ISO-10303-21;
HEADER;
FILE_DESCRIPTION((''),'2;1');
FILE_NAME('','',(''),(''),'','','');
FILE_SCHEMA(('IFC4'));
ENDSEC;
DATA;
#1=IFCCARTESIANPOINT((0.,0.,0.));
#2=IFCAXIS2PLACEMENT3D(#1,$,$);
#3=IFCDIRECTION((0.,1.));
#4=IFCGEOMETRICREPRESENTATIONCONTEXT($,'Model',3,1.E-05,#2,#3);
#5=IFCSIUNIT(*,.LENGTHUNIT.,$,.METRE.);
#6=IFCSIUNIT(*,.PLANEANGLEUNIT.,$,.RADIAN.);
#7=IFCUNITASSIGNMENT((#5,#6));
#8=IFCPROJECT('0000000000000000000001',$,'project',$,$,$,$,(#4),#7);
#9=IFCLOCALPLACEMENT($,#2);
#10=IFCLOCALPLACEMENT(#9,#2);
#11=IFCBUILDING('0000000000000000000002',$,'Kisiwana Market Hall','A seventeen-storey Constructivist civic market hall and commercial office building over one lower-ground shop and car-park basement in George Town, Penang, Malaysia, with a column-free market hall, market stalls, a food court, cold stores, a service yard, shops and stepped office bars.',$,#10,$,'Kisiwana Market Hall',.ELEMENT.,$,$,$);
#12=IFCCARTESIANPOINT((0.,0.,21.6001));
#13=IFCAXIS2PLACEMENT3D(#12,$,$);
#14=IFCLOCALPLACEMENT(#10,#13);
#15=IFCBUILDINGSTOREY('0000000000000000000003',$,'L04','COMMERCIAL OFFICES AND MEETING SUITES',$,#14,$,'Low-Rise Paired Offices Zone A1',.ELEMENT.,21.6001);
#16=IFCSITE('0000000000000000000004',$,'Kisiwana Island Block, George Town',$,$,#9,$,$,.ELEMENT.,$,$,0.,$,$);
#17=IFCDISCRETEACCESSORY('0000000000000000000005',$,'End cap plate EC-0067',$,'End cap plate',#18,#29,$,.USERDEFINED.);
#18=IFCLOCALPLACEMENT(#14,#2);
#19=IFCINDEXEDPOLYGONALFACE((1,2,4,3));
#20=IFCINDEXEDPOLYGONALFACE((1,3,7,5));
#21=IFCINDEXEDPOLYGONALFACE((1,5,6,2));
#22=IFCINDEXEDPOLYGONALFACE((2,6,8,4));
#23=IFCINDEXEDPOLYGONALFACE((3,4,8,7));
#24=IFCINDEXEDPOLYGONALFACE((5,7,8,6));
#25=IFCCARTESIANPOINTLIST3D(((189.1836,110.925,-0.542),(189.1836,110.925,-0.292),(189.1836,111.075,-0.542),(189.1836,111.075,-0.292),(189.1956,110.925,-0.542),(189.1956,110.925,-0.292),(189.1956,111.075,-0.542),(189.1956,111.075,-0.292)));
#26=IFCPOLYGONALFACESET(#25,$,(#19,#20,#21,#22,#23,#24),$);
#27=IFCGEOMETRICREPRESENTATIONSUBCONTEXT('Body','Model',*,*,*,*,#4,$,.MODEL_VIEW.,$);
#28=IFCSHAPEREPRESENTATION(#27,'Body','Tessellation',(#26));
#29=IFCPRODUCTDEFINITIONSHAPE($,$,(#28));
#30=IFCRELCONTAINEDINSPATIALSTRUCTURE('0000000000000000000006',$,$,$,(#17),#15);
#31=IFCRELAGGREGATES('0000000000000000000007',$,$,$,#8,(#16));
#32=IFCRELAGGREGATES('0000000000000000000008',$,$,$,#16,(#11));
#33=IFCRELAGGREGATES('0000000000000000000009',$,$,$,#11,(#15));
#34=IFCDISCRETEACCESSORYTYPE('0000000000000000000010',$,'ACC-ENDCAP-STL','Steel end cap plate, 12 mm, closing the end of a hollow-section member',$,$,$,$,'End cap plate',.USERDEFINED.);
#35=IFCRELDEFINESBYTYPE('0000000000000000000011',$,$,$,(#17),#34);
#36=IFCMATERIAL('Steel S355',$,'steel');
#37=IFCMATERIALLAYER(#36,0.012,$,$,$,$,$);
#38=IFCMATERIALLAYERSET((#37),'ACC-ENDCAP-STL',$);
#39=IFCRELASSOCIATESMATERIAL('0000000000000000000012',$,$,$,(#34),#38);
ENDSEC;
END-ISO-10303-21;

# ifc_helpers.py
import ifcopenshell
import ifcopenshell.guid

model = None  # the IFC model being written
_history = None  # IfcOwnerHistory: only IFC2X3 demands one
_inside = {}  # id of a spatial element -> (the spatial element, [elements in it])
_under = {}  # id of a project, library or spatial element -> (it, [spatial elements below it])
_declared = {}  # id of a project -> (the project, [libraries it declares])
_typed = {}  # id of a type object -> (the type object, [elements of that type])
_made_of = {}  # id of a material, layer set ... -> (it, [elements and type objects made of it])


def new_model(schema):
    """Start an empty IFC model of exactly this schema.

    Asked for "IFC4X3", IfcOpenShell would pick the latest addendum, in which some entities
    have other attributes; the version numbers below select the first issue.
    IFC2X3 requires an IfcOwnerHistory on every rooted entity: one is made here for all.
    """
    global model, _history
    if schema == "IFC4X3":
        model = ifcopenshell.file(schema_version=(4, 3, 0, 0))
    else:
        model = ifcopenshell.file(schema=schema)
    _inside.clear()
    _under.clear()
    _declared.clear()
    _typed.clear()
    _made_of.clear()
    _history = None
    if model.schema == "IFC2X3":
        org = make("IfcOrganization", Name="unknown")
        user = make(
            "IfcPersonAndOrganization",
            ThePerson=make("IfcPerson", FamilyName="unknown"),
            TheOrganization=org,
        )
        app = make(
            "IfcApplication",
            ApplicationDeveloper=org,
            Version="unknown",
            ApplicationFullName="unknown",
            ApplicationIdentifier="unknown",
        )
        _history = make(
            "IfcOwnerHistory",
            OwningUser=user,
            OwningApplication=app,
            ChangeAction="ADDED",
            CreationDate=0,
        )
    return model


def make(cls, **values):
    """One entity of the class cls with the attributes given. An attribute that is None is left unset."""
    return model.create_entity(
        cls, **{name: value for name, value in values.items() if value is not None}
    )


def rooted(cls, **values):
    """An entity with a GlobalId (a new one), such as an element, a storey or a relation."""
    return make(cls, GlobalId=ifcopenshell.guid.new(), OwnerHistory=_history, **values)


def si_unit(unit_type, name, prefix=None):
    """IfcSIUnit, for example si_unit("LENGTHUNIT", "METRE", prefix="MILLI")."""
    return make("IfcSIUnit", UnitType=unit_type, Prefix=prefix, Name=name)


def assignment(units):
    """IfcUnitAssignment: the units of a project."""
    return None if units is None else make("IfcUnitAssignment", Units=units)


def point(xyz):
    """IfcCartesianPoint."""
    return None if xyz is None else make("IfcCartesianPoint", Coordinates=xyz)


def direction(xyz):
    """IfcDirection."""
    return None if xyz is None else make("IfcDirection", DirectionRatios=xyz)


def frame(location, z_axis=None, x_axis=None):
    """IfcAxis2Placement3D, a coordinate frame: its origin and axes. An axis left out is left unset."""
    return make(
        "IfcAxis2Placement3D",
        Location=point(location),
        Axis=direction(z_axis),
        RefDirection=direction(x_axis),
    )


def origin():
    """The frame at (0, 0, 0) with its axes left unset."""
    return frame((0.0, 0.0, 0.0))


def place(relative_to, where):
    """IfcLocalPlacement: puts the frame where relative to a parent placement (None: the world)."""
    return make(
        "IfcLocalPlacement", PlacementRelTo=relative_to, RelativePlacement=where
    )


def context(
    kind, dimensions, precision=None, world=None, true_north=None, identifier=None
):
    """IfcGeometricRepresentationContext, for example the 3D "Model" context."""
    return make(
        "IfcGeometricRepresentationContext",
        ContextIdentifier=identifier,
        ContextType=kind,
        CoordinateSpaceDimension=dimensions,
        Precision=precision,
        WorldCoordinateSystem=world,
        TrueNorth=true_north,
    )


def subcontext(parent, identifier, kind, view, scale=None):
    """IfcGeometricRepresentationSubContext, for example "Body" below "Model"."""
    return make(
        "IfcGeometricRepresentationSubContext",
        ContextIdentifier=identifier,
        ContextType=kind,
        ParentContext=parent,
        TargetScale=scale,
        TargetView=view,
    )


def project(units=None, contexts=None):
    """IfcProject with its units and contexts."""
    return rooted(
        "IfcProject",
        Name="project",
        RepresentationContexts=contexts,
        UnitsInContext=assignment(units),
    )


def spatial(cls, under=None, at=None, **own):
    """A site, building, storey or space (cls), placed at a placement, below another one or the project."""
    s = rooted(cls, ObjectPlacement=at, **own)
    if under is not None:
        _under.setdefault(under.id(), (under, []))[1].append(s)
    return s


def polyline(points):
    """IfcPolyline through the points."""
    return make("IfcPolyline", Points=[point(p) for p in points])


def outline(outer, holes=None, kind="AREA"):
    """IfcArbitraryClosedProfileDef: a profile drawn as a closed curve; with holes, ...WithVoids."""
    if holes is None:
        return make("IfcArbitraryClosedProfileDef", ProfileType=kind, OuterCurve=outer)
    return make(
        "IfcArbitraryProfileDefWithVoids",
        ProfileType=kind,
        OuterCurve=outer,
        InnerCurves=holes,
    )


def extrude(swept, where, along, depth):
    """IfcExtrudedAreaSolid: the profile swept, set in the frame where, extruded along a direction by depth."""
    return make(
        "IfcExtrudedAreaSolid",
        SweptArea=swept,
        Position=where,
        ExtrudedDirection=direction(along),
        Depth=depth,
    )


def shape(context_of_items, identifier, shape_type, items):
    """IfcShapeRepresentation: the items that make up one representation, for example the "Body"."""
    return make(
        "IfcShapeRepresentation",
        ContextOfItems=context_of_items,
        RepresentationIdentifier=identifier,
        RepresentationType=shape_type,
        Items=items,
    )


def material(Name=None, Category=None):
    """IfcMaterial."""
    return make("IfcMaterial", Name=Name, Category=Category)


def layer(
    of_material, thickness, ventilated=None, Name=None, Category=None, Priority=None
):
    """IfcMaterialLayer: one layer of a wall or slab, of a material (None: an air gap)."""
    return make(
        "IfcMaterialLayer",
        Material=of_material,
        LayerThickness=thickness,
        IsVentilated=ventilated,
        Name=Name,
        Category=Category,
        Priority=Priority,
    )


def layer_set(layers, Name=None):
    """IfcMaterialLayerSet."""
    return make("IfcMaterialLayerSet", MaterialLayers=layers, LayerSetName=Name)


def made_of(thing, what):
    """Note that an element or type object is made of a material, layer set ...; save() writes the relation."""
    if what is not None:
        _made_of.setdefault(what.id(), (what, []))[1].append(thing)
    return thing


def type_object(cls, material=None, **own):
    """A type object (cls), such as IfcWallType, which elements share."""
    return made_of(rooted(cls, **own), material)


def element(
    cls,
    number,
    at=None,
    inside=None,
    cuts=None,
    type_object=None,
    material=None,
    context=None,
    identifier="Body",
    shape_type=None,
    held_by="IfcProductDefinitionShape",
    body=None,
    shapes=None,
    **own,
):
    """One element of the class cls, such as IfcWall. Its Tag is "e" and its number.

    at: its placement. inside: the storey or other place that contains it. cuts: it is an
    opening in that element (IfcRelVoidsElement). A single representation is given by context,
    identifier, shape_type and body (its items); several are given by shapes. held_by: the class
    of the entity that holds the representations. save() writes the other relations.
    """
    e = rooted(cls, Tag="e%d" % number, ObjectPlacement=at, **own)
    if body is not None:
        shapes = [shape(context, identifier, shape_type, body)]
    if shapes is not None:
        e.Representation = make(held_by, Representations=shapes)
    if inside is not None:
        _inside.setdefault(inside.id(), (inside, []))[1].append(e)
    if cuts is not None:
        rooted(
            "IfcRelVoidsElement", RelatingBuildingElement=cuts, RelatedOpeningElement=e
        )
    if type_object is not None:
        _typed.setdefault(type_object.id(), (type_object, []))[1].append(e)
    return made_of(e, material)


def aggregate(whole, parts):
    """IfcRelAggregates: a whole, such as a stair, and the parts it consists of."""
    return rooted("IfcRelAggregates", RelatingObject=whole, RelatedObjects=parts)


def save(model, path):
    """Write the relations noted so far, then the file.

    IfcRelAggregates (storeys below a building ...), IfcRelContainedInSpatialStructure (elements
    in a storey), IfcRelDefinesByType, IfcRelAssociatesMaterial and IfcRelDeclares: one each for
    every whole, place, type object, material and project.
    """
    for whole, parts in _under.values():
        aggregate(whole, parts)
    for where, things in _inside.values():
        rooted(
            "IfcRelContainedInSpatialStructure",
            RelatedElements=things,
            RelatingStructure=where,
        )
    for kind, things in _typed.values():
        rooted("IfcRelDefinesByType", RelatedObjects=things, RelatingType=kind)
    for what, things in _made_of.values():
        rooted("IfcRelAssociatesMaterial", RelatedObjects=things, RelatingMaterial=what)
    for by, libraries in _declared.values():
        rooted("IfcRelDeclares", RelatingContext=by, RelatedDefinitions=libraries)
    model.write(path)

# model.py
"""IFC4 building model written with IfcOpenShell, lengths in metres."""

from ifc_helpers import new_model, si_unit, direction, frame, origin, place, context, subcontext, project, spatial, polyline, outline, extrude, material, layer, layer_set, type_object, element, save


model = new_model("IFC4")

# Units and contexts
model_context = context("Model", 3, precision=1e-05, world=origin(), true_north=direction((0.0, 1.0)))
body_context = subcontext(model_context, "Body", "Model", "MODEL_VIEW")
ifc_project = project(units=[si_unit("LENGTHUNIT", "METRE"), si_unit("PLANEANGLEUNIT", "RADIAN")], contexts=[model_context])

# Site, building, storey
site_placement = place(None, origin())
site = spatial("IfcSite", under=ifc_project, at=site_placement, Name="Kisiwana Island Block, George Town", CompositionType="ELEMENT", RefElevation=0.0)
building_placement = place(site_placement, origin())
building = spatial("IfcBuilding", under=site, at=building_placement, Name="Kisiwana Market Hall", Description="A seventeen-storey Constructivist civic market hall and commercial office building over one lower-ground shop and car-park basement in George Town, Penang, Malaysia, with a column-free market hall, market stalls, a food court, cold stores, a service yard, shops and stepped office bars.", LongName="Kisiwana Market Hall", CompositionType="ELEMENT")
storey_placement = place(building_placement, frame((0.0, 0.0, 21.6001)))
storey = spatial("IfcBuildingStorey", under=building, at=storey_placement, Name="L04", Description="COMMERCIAL OFFICES AND MEETING SUITES", LongName="Low-Rise Paired Offices Zone A1", CompositionType="ELEMENT", Elevation=21.6001)

# Discrete accessory
ifc_material_1 = material(Name="Steel S355", Category="steel")
ifc_layer_1 = layer(ifc_material_1, 0.012)
ifc_layer_set_1 = layer_set([ifc_layer_1], Name="ACC-ENDCAP-STL")
discrete_accessory_type = type_object("IfcDiscreteAccessoryType", Name="ACC-ENDCAP-STL", Description="Steel end cap plate, 12 mm, closing the end of a hollow-section member", ElementType="End cap plate", PredefinedType="USERDEFINED", material=ifc_layer_set_1)
discrete_accessory_1_placement = place(storey_placement, frame((0.0, 0.0, -0.542)))
element("IfcDiscreteAccessory", 1, at=discrete_accessory_1_placement, inside=storey, type_object=discrete_accessory_type, Name="End cap plate EC-0067", ObjectType="End cap plate", PredefinedType="USERDEFINED", context=body_context, shape_type="SweptSolid", body=[
    extrude(outline(polyline([(189.1956, 110.925), (189.1956, 111.075), (189.1836, 111.075), (189.1836, 110.925), (189.1956, 110.925)])), origin(), (0.0, 0.0, 1.0), 0.25),
])

save(model, "model.ifc")
